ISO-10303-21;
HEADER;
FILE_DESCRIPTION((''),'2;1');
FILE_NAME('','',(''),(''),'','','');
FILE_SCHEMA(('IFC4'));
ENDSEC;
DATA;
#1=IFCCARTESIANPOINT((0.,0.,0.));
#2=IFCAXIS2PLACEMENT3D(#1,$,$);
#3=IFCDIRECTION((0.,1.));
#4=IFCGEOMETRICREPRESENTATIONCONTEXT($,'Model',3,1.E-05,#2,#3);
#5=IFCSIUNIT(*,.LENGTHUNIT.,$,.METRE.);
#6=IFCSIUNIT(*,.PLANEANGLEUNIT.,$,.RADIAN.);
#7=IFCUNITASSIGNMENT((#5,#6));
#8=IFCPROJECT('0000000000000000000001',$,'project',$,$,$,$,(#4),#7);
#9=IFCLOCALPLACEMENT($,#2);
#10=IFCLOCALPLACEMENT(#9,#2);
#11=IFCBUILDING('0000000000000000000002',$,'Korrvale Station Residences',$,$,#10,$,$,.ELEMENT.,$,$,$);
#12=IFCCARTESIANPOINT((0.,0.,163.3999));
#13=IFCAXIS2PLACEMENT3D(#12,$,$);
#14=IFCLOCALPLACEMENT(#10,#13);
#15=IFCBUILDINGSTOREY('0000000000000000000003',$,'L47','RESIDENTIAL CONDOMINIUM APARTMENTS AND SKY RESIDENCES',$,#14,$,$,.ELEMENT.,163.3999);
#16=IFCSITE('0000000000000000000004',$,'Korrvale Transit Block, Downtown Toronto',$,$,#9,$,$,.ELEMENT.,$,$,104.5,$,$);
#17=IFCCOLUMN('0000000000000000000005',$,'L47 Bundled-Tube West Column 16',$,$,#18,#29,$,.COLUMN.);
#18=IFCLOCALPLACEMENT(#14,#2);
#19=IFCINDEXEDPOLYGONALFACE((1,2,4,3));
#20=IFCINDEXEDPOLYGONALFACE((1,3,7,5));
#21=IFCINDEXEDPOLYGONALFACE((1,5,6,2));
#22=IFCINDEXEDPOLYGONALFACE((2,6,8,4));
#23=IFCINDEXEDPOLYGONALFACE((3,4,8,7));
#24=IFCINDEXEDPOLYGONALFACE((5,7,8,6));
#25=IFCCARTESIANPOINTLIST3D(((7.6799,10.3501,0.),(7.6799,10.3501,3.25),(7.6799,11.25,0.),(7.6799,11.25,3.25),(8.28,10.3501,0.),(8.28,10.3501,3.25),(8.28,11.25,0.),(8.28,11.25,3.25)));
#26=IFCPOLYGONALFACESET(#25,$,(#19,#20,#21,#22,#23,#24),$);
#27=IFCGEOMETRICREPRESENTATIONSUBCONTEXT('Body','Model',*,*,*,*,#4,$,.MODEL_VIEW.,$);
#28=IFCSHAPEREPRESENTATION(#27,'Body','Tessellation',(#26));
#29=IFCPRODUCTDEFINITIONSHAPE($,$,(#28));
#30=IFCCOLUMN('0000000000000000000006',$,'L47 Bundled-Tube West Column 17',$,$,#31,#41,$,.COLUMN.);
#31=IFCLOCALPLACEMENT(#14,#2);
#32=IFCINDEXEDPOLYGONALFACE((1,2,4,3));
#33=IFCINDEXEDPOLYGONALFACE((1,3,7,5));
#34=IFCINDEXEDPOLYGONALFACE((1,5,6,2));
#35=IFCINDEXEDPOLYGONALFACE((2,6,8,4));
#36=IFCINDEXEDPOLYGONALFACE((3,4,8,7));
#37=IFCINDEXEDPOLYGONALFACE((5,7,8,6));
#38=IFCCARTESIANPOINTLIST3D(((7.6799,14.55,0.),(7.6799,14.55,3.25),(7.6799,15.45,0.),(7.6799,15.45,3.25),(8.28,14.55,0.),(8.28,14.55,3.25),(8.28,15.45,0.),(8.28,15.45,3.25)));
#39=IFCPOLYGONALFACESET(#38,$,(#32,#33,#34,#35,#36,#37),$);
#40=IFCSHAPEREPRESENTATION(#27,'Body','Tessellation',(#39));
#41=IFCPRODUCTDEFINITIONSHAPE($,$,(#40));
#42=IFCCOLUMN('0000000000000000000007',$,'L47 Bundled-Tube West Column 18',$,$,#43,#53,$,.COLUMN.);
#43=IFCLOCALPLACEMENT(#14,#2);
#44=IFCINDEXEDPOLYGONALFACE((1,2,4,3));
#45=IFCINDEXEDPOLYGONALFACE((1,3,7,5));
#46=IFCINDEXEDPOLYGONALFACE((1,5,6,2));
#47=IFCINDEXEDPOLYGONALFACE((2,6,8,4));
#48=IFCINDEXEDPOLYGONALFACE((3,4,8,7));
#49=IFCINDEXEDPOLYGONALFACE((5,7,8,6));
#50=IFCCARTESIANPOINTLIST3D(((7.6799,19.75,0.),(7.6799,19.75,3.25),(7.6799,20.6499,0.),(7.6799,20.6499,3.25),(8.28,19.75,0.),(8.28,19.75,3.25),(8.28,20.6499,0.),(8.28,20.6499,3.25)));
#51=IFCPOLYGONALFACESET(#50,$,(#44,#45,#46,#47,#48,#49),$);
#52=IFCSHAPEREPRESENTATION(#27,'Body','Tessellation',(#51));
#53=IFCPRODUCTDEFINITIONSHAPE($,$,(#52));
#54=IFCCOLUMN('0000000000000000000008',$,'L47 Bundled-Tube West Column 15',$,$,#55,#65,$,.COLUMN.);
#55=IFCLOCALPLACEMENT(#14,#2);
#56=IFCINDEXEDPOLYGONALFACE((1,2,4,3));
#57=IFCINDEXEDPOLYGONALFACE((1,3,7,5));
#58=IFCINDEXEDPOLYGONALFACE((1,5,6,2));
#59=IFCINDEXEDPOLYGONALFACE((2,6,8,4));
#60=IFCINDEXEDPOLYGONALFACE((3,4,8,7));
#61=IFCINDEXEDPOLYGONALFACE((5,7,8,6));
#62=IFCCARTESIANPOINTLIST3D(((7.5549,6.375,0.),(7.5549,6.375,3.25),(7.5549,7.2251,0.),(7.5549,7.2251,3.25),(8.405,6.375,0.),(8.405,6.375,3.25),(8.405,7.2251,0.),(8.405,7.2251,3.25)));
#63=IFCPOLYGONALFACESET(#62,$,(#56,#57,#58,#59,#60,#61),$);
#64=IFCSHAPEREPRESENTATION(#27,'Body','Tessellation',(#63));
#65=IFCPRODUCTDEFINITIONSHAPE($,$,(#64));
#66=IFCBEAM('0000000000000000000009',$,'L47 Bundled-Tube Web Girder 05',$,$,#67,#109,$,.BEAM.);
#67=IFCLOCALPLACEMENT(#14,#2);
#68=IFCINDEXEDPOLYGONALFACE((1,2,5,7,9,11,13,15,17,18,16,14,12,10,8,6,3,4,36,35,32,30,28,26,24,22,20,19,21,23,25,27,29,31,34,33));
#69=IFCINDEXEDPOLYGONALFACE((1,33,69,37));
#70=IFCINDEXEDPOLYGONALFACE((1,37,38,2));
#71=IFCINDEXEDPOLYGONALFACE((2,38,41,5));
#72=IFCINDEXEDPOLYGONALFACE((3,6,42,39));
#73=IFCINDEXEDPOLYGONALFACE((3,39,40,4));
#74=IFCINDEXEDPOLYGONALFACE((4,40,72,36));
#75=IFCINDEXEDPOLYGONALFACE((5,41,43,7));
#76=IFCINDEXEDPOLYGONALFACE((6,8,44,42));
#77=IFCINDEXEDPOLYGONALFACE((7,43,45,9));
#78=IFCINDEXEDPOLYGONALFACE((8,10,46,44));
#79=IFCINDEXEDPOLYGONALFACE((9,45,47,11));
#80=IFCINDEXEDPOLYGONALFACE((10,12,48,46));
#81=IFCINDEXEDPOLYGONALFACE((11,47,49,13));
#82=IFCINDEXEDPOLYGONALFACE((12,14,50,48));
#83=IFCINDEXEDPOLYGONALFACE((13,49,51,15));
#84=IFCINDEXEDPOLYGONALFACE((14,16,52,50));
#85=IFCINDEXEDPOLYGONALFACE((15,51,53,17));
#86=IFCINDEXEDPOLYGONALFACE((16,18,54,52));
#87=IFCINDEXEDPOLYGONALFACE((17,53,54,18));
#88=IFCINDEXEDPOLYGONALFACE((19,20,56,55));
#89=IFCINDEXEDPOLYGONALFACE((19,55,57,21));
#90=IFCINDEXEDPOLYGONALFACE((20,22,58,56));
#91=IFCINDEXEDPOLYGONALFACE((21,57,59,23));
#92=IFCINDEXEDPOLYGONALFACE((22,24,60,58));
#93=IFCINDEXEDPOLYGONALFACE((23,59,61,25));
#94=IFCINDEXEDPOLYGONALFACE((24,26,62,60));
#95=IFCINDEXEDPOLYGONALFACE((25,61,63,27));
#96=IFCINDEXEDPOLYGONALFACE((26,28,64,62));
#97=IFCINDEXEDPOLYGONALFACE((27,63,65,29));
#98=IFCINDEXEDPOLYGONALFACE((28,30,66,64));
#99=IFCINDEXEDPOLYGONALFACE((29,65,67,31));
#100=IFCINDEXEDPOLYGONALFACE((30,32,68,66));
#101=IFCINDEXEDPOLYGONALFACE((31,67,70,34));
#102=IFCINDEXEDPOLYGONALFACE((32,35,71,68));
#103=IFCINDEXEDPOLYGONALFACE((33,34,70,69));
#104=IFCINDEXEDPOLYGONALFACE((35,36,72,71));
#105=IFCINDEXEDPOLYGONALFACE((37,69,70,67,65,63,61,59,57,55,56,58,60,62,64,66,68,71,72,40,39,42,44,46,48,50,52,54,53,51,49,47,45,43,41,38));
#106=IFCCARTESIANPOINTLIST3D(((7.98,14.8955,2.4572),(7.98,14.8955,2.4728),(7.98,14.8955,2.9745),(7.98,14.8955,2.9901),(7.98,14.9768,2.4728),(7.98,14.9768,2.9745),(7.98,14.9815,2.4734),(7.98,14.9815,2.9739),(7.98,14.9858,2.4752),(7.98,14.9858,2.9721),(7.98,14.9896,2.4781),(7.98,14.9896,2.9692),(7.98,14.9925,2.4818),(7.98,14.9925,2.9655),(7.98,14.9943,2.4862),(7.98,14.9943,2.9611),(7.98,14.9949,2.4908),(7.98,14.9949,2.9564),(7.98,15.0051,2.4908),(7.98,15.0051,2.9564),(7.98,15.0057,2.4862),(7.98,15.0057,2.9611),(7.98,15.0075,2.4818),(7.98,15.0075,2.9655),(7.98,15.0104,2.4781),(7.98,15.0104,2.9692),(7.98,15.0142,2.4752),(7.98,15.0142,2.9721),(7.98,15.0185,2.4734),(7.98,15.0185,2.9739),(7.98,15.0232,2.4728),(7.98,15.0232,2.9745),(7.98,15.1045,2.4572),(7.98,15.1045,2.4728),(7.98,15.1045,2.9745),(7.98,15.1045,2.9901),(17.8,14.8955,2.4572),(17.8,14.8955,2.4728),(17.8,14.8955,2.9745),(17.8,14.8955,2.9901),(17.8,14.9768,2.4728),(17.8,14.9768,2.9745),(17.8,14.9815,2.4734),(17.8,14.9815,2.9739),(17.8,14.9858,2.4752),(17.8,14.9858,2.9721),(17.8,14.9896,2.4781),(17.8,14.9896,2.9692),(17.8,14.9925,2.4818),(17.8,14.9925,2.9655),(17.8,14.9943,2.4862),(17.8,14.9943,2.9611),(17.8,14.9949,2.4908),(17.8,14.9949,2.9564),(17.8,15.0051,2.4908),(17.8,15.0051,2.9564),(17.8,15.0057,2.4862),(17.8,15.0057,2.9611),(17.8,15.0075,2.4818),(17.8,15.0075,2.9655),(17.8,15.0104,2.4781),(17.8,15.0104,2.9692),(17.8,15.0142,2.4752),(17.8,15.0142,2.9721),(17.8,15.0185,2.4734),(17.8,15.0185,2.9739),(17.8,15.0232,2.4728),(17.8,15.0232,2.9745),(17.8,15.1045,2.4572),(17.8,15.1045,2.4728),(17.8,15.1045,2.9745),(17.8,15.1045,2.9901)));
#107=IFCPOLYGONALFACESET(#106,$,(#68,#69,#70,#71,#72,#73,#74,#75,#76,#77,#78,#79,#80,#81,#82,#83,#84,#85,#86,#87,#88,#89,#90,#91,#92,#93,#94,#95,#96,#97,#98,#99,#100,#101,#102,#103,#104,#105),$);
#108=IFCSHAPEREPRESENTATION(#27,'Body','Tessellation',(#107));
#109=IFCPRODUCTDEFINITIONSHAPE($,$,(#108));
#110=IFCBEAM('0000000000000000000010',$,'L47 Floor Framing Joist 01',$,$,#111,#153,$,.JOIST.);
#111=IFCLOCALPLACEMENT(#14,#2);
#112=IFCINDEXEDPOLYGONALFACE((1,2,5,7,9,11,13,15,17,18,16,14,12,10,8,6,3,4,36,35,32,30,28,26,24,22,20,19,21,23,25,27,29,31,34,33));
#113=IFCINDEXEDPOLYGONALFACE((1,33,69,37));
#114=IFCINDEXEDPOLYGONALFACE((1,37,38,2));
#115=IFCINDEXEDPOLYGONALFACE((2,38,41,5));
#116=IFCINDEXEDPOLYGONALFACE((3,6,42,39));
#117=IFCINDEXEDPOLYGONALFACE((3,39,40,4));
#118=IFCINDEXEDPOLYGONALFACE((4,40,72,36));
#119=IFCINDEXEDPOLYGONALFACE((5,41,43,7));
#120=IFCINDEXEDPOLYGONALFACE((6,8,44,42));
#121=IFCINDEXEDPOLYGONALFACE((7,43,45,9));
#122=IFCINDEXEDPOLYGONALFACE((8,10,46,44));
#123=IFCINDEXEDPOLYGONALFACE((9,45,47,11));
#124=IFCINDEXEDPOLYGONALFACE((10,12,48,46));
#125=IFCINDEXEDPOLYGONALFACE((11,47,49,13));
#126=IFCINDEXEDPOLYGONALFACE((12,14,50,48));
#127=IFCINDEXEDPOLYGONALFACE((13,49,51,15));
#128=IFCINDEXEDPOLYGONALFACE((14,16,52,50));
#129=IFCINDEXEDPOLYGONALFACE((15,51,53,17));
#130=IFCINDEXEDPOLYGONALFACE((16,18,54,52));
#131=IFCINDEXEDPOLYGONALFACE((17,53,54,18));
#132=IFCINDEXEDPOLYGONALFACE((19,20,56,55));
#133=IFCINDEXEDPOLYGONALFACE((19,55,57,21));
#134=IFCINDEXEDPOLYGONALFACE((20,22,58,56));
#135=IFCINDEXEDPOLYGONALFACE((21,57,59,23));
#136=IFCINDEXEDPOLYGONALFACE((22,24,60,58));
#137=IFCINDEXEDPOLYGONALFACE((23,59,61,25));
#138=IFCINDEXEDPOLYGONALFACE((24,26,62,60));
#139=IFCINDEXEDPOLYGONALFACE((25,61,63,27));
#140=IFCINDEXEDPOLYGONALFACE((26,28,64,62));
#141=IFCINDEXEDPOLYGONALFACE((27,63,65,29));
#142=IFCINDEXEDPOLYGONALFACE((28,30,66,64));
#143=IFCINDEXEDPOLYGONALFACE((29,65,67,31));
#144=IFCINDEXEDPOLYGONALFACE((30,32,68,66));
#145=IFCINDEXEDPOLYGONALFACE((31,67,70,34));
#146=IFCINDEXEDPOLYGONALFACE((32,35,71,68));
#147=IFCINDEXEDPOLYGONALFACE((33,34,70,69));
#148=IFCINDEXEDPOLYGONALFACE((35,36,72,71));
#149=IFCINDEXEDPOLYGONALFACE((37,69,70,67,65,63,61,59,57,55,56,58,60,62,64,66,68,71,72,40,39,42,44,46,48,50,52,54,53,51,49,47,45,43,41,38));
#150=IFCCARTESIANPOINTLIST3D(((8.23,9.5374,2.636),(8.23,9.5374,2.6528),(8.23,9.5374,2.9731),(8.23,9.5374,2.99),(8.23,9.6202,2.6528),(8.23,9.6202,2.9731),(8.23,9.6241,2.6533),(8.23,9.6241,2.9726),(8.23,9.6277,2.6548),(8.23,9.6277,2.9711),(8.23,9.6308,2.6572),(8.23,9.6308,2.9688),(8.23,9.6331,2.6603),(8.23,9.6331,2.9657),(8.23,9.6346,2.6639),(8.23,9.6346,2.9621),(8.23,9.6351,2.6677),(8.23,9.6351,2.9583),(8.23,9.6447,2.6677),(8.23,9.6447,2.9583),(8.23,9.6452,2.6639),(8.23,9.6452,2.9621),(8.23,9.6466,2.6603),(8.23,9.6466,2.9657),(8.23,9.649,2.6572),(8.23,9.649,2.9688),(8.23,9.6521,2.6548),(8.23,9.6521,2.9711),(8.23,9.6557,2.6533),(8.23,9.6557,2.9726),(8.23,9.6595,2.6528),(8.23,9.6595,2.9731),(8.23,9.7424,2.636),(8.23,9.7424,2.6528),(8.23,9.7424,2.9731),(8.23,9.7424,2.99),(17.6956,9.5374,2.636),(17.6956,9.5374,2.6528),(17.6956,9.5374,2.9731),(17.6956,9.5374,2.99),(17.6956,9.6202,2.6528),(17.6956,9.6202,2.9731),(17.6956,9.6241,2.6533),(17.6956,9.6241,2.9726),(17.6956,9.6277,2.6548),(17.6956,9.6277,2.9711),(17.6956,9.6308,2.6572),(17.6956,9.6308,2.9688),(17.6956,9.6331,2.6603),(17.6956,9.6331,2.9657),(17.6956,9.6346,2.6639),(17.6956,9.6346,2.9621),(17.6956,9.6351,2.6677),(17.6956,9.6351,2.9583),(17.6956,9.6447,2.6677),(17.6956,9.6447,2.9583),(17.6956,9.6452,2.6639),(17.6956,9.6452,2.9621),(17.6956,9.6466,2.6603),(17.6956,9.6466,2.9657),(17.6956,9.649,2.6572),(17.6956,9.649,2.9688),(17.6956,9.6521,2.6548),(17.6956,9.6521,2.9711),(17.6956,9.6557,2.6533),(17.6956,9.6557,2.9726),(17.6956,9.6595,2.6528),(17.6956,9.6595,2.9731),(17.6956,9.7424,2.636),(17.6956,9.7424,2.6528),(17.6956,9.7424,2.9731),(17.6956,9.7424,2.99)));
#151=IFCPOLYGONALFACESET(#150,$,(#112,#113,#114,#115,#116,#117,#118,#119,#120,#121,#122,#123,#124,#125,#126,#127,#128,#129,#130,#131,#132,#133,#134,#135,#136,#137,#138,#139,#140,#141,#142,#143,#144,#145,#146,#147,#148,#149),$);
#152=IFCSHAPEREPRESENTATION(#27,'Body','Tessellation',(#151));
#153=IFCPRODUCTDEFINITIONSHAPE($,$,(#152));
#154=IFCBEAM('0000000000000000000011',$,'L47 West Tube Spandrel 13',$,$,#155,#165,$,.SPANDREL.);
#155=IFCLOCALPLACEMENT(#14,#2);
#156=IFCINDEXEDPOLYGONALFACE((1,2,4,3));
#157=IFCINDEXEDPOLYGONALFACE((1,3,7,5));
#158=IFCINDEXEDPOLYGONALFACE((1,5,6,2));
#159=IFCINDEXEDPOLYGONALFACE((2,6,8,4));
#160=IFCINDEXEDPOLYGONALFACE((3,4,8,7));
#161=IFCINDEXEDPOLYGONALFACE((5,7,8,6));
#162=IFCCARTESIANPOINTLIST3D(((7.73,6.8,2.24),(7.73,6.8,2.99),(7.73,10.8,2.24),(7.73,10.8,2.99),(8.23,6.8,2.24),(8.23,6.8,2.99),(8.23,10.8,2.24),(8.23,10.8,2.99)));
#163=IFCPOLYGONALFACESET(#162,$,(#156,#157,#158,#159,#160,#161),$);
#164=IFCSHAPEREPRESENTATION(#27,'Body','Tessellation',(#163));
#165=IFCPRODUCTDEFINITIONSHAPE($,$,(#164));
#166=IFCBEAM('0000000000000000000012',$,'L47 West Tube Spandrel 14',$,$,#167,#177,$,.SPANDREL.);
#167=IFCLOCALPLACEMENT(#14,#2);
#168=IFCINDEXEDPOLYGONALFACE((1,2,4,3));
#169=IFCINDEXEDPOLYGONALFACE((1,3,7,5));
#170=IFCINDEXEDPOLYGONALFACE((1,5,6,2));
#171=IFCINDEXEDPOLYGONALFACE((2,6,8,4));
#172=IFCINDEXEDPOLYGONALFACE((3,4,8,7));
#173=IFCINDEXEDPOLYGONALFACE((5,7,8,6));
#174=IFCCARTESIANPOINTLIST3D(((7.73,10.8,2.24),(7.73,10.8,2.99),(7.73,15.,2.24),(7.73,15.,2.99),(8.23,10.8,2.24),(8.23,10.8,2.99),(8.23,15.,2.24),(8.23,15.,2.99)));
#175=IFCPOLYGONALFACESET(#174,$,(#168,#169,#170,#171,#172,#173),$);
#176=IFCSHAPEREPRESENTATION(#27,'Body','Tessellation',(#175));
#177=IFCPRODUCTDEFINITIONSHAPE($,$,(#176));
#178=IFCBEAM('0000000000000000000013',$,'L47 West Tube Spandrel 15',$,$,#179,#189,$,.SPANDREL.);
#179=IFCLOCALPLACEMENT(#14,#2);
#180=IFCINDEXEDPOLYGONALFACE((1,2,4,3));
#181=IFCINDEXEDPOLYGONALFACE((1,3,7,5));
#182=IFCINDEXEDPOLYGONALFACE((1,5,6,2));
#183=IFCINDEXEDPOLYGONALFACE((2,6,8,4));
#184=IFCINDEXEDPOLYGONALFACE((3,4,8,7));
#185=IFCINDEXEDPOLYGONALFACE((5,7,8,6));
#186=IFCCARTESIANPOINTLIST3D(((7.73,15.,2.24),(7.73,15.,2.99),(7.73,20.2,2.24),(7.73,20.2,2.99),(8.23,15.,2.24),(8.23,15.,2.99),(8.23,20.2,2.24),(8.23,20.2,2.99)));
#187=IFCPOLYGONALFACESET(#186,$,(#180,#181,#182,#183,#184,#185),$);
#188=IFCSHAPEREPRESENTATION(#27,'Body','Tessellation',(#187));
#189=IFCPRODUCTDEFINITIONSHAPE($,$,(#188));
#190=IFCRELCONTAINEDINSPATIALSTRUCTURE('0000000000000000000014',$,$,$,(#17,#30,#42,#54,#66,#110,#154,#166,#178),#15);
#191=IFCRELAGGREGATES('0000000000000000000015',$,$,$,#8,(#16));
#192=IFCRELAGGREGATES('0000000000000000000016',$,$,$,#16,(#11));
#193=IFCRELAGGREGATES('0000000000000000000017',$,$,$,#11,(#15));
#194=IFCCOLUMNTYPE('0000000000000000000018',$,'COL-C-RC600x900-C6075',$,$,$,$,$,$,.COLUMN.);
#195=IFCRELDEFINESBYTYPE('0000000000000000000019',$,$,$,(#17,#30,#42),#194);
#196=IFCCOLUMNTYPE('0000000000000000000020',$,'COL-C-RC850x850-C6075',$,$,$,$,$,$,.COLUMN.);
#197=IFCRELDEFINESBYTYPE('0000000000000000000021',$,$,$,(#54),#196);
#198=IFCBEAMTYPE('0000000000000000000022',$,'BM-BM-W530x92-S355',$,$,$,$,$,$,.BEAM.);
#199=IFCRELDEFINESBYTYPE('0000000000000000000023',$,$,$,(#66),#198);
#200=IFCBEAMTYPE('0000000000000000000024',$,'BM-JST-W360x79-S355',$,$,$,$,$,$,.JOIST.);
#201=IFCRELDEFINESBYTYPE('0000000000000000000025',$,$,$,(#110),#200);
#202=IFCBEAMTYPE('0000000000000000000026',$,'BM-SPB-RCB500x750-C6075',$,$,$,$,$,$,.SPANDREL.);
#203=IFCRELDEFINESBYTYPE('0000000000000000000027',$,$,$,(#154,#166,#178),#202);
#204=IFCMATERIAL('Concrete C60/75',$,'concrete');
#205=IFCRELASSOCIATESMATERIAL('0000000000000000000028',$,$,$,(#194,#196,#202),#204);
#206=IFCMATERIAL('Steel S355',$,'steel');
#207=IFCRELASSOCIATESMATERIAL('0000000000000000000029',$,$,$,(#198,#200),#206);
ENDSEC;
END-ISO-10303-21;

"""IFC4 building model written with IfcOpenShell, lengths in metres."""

from ifc_helpers import new_model, si_unit, direction, frame, origin, origin_2d, place, context, subcontext, project, spatial, rectangle, i_section, extrude, material, material_profile, profile_set, type_object, element, save


model = new_model("IFC4")

# Units and contexts
model_context = context("Model", 3, precision=1e-05, world=origin(), true_north=direction((0.0, 1.0)))
body_context = subcontext(model_context, "Body", "Model", "MODEL_VIEW")
ifc_project = project(units=[si_unit("LENGTHUNIT", "METRE"), si_unit("PLANEANGLEUNIT", "RADIAN")], contexts=[model_context])

# Site, building, storey
site_placement = place(None, origin())
site = spatial("IfcSite", under=ifc_project, at=site_placement, Name="Korrvale Transit Block, Downtown Toronto", CompositionType="ELEMENT", RefElevation=104.5)
building_placement = place(site_placement, origin())
building = spatial("IfcBuilding", under=site, at=building_placement, Name="Korrvale Station Residences", CompositionType="ELEMENT")
storey_placement = place(building_placement, frame((0.0, 0.0, 163.3999)))
storey = spatial("IfcBuildingStorey", under=building, at=storey_placement, Name="L47", Description="RESIDENTIAL CONDOMINIUM APARTMENTS AND SKY RESIDENCES", CompositionType="ELEMENT", Elevation=163.3999)

# Columns
ifc_material_1 = material(Name="Concrete C60/75", Category="concrete")
ifc_material_profile_1 = material_profile(ifc_material_1, rectangle(XDim=0.6001, YDim=0.8999, at=origin_2d()), Name="RC600x900")
ifc_profile_set_1 = profile_set([ifc_material_profile_1], Name="Concrete C60/75")
column_type_1 = type_object("IfcColumnType", Name="COL-C-RC600x900-C6075", PredefinedType="COLUMN", material=ifc_profile_set_1)
for number, where, z_axis, x_axis, name in (
    (1, (7.98, 10.8, 0.0), (0.0, 0.0, 1.0), (1.0, 0.0, 0.0), "L47 Bundled-Tube West Column 16"),
    (2, (7.98, 15.0, 0.0), (0.0, 0.0, 1.0), (1.0, 0.0, 0.0), "L47 Bundled-Tube West Column 17"),
    (3, (7.98, 20.2, 0.0), (0.0, 0.0, 1.0), (1.0, 0.0, 0.0), "L47 Bundled-Tube West Column 18"),
):
    element("IfcColumn", number, at=place(storey_placement, frame(where, z_axis=z_axis, x_axis=x_axis)), inside=storey, type_object=column_type_1, Name=name, PredefinedType="COLUMN", context=body_context, shape_type="SweptSolid", body=[
        extrude(rectangle(XDim=0.6001, YDim=0.8999, at=origin_2d()), origin(), (0.0, 0.0, 1.0), 3.25),
    ])
ifc_material_profile_2 = material_profile(ifc_material_1, rectangle(XDim=0.8501, YDim=0.8501, at=origin_2d()), Name="RC850x850")
ifc_profile_set_2 = profile_set([ifc_material_profile_2], Name="Concrete C60/75")
column_type_2 = type_object("IfcColumnType", Name="COL-C-RC850x850-C6075", PredefinedType="COLUMN", material=ifc_profile_set_2)
column_placement = place(storey_placement, frame((7.98, 6.8, 0.0), z_axis=(0.0, 0.0, 1.0), x_axis=(1.0, 0.0, 0.0)))
element("IfcColumn", 4, at=column_placement, inside=storey, type_object=column_type_2, Name="L47 Bundled-Tube West Column 15", PredefinedType="COLUMN", context=body_context, shape_type="SweptSolid", body=[
    extrude(rectangle(XDim=0.8501, YDim=0.8501, at=origin_2d()), origin(), (0.0, 0.0, 1.0), 3.25),
])

# Beams
ifc_material_2 = material(Name="Steel S355", Category="steel")
ifc_material_profile_3 = material_profile(ifc_material_2, i_section(OverallWidth=0.209, OverallDepth=0.533, WebThickness=0.0103, FlangeThickness=0.0156, FilletRadius=0.0181, at=origin_2d()), Name="W530x92")
ifc_profile_set_3 = profile_set([ifc_material_profile_3], Name="Steel S355")
beam_type_1 = type_object("IfcBeamType", Name="BM-BM-W530x92-S355", PredefinedType="BEAM", material=ifc_profile_set_3)
beam_1_placement = place(storey_placement, frame((7.98, 15.0, 2.7236), z_axis=(1.0, 0.0, 0.0), x_axis=(0.0, 1.0, 0.0)))
element("IfcBeam", 5, at=beam_1_placement, inside=storey, type_object=beam_type_1, Name="L47 Bundled-Tube Web Girder 05", PredefinedType="BEAM", context=body_context, shape_type="SweptSolid", body=[
    extrude(i_section(OverallWidth=0.209, OverallDepth=0.533, WebThickness=0.0103, FlangeThickness=0.0156, FilletRadius=0.0181, at=origin_2d()), origin(), (0.0, 0.0, 1.0), 9.8201),
])
ifc_material_profile_4 = material_profile(ifc_material_2, i_section(OverallWidth=0.2051, OverallDepth=0.354, WebThickness=0.0095, FlangeThickness=0.0168, FilletRadius=0.0149, at=origin_2d()), Name="W360x79")
ifc_profile_set_4 = profile_set([ifc_material_profile_4], Name="Steel S355")
beam_type_2 = type_object("IfcBeamType", Name="BM-JST-W360x79-S355", PredefinedType="JOIST", material=ifc_profile_set_4)
beam_2_placement = place(storey_placement, frame((8.23, 9.6399, 2.813), z_axis=(1.0, 0.0, 0.0), x_axis=(0.0, 1.0, 0.0)))
element("IfcBeam", 6, at=beam_2_placement, inside=storey, type_object=beam_type_2, Name="L47 Floor Framing Joist 01", PredefinedType="JOIST", context=body_context, shape_type="SweptSolid", body=[
    extrude(i_section(OverallWidth=0.2051, OverallDepth=0.354, WebThickness=0.0095, FlangeThickness=0.0168, FilletRadius=0.0149, at=origin_2d()), origin(), (0.0, 0.0, 1.0), 9.4656),
])
ifc_material_profile_5 = material_profile(ifc_material_1, rectangle(XDim=0.5, YDim=0.75, at=origin_2d()), Name="RCB500x750")
ifc_profile_set_5 = profile_set([ifc_material_profile_5], Name="Concrete C60/75")
beam_type_3 = type_object("IfcBeamType", Name="BM-SPB-RCB500x750-C6075", PredefinedType="SPANDREL", material=ifc_profile_set_5)
beam_3_placement = place(storey_placement, frame((7.98, 6.8, 2.615), z_axis=(0.0, 1.0, 0.0), x_axis=(-1.0, 0.0, 0.0)))
element("IfcBeam", 7, at=beam_3_placement, inside=storey, type_object=beam_type_3, Name="L47 West Tube Spandrel 13", PredefinedType="SPANDREL", context=body_context, shape_type="SweptSolid", body=[
    extrude(rectangle(XDim=0.5, YDim=0.75, at=origin_2d()), origin(), (0.0, 0.0, 1.0), 4.0),
])
beam_4_placement = place(storey_placement, frame((7.98, 10.8, 2.615), z_axis=(0.0, 1.0, 0.0), x_axis=(-1.0, 0.0, 0.0)))
element("IfcBeam", 8, at=beam_4_placement, inside=storey, type_object=beam_type_3, Name="L47 West Tube Spandrel 14", PredefinedType="SPANDREL", context=body_context, shape_type="SweptSolid", body=[
    extrude(rectangle(XDim=0.5, YDim=0.75, at=origin_2d()), origin(), (0.0, 0.0, 1.0), 4.2),
])
beam_5_placement = place(storey_placement, frame((7.98, 15.0, 2.615), z_axis=(0.0, 1.0, 0.0), x_axis=(-1.0, 0.0, 0.0)))
element("IfcBeam", 9, at=beam_5_placement, inside=storey, type_object=beam_type_3, Name="L47 West Tube Spandrel 15", PredefinedType="SPANDREL", context=body_context, shape_type="SweptSolid", body=[
    extrude(rectangle(XDim=0.5, YDim=0.75, at=origin_2d()), origin(), (0.0, 0.0, 1.0), 5.2),
])

save(model, "model.ifc")
